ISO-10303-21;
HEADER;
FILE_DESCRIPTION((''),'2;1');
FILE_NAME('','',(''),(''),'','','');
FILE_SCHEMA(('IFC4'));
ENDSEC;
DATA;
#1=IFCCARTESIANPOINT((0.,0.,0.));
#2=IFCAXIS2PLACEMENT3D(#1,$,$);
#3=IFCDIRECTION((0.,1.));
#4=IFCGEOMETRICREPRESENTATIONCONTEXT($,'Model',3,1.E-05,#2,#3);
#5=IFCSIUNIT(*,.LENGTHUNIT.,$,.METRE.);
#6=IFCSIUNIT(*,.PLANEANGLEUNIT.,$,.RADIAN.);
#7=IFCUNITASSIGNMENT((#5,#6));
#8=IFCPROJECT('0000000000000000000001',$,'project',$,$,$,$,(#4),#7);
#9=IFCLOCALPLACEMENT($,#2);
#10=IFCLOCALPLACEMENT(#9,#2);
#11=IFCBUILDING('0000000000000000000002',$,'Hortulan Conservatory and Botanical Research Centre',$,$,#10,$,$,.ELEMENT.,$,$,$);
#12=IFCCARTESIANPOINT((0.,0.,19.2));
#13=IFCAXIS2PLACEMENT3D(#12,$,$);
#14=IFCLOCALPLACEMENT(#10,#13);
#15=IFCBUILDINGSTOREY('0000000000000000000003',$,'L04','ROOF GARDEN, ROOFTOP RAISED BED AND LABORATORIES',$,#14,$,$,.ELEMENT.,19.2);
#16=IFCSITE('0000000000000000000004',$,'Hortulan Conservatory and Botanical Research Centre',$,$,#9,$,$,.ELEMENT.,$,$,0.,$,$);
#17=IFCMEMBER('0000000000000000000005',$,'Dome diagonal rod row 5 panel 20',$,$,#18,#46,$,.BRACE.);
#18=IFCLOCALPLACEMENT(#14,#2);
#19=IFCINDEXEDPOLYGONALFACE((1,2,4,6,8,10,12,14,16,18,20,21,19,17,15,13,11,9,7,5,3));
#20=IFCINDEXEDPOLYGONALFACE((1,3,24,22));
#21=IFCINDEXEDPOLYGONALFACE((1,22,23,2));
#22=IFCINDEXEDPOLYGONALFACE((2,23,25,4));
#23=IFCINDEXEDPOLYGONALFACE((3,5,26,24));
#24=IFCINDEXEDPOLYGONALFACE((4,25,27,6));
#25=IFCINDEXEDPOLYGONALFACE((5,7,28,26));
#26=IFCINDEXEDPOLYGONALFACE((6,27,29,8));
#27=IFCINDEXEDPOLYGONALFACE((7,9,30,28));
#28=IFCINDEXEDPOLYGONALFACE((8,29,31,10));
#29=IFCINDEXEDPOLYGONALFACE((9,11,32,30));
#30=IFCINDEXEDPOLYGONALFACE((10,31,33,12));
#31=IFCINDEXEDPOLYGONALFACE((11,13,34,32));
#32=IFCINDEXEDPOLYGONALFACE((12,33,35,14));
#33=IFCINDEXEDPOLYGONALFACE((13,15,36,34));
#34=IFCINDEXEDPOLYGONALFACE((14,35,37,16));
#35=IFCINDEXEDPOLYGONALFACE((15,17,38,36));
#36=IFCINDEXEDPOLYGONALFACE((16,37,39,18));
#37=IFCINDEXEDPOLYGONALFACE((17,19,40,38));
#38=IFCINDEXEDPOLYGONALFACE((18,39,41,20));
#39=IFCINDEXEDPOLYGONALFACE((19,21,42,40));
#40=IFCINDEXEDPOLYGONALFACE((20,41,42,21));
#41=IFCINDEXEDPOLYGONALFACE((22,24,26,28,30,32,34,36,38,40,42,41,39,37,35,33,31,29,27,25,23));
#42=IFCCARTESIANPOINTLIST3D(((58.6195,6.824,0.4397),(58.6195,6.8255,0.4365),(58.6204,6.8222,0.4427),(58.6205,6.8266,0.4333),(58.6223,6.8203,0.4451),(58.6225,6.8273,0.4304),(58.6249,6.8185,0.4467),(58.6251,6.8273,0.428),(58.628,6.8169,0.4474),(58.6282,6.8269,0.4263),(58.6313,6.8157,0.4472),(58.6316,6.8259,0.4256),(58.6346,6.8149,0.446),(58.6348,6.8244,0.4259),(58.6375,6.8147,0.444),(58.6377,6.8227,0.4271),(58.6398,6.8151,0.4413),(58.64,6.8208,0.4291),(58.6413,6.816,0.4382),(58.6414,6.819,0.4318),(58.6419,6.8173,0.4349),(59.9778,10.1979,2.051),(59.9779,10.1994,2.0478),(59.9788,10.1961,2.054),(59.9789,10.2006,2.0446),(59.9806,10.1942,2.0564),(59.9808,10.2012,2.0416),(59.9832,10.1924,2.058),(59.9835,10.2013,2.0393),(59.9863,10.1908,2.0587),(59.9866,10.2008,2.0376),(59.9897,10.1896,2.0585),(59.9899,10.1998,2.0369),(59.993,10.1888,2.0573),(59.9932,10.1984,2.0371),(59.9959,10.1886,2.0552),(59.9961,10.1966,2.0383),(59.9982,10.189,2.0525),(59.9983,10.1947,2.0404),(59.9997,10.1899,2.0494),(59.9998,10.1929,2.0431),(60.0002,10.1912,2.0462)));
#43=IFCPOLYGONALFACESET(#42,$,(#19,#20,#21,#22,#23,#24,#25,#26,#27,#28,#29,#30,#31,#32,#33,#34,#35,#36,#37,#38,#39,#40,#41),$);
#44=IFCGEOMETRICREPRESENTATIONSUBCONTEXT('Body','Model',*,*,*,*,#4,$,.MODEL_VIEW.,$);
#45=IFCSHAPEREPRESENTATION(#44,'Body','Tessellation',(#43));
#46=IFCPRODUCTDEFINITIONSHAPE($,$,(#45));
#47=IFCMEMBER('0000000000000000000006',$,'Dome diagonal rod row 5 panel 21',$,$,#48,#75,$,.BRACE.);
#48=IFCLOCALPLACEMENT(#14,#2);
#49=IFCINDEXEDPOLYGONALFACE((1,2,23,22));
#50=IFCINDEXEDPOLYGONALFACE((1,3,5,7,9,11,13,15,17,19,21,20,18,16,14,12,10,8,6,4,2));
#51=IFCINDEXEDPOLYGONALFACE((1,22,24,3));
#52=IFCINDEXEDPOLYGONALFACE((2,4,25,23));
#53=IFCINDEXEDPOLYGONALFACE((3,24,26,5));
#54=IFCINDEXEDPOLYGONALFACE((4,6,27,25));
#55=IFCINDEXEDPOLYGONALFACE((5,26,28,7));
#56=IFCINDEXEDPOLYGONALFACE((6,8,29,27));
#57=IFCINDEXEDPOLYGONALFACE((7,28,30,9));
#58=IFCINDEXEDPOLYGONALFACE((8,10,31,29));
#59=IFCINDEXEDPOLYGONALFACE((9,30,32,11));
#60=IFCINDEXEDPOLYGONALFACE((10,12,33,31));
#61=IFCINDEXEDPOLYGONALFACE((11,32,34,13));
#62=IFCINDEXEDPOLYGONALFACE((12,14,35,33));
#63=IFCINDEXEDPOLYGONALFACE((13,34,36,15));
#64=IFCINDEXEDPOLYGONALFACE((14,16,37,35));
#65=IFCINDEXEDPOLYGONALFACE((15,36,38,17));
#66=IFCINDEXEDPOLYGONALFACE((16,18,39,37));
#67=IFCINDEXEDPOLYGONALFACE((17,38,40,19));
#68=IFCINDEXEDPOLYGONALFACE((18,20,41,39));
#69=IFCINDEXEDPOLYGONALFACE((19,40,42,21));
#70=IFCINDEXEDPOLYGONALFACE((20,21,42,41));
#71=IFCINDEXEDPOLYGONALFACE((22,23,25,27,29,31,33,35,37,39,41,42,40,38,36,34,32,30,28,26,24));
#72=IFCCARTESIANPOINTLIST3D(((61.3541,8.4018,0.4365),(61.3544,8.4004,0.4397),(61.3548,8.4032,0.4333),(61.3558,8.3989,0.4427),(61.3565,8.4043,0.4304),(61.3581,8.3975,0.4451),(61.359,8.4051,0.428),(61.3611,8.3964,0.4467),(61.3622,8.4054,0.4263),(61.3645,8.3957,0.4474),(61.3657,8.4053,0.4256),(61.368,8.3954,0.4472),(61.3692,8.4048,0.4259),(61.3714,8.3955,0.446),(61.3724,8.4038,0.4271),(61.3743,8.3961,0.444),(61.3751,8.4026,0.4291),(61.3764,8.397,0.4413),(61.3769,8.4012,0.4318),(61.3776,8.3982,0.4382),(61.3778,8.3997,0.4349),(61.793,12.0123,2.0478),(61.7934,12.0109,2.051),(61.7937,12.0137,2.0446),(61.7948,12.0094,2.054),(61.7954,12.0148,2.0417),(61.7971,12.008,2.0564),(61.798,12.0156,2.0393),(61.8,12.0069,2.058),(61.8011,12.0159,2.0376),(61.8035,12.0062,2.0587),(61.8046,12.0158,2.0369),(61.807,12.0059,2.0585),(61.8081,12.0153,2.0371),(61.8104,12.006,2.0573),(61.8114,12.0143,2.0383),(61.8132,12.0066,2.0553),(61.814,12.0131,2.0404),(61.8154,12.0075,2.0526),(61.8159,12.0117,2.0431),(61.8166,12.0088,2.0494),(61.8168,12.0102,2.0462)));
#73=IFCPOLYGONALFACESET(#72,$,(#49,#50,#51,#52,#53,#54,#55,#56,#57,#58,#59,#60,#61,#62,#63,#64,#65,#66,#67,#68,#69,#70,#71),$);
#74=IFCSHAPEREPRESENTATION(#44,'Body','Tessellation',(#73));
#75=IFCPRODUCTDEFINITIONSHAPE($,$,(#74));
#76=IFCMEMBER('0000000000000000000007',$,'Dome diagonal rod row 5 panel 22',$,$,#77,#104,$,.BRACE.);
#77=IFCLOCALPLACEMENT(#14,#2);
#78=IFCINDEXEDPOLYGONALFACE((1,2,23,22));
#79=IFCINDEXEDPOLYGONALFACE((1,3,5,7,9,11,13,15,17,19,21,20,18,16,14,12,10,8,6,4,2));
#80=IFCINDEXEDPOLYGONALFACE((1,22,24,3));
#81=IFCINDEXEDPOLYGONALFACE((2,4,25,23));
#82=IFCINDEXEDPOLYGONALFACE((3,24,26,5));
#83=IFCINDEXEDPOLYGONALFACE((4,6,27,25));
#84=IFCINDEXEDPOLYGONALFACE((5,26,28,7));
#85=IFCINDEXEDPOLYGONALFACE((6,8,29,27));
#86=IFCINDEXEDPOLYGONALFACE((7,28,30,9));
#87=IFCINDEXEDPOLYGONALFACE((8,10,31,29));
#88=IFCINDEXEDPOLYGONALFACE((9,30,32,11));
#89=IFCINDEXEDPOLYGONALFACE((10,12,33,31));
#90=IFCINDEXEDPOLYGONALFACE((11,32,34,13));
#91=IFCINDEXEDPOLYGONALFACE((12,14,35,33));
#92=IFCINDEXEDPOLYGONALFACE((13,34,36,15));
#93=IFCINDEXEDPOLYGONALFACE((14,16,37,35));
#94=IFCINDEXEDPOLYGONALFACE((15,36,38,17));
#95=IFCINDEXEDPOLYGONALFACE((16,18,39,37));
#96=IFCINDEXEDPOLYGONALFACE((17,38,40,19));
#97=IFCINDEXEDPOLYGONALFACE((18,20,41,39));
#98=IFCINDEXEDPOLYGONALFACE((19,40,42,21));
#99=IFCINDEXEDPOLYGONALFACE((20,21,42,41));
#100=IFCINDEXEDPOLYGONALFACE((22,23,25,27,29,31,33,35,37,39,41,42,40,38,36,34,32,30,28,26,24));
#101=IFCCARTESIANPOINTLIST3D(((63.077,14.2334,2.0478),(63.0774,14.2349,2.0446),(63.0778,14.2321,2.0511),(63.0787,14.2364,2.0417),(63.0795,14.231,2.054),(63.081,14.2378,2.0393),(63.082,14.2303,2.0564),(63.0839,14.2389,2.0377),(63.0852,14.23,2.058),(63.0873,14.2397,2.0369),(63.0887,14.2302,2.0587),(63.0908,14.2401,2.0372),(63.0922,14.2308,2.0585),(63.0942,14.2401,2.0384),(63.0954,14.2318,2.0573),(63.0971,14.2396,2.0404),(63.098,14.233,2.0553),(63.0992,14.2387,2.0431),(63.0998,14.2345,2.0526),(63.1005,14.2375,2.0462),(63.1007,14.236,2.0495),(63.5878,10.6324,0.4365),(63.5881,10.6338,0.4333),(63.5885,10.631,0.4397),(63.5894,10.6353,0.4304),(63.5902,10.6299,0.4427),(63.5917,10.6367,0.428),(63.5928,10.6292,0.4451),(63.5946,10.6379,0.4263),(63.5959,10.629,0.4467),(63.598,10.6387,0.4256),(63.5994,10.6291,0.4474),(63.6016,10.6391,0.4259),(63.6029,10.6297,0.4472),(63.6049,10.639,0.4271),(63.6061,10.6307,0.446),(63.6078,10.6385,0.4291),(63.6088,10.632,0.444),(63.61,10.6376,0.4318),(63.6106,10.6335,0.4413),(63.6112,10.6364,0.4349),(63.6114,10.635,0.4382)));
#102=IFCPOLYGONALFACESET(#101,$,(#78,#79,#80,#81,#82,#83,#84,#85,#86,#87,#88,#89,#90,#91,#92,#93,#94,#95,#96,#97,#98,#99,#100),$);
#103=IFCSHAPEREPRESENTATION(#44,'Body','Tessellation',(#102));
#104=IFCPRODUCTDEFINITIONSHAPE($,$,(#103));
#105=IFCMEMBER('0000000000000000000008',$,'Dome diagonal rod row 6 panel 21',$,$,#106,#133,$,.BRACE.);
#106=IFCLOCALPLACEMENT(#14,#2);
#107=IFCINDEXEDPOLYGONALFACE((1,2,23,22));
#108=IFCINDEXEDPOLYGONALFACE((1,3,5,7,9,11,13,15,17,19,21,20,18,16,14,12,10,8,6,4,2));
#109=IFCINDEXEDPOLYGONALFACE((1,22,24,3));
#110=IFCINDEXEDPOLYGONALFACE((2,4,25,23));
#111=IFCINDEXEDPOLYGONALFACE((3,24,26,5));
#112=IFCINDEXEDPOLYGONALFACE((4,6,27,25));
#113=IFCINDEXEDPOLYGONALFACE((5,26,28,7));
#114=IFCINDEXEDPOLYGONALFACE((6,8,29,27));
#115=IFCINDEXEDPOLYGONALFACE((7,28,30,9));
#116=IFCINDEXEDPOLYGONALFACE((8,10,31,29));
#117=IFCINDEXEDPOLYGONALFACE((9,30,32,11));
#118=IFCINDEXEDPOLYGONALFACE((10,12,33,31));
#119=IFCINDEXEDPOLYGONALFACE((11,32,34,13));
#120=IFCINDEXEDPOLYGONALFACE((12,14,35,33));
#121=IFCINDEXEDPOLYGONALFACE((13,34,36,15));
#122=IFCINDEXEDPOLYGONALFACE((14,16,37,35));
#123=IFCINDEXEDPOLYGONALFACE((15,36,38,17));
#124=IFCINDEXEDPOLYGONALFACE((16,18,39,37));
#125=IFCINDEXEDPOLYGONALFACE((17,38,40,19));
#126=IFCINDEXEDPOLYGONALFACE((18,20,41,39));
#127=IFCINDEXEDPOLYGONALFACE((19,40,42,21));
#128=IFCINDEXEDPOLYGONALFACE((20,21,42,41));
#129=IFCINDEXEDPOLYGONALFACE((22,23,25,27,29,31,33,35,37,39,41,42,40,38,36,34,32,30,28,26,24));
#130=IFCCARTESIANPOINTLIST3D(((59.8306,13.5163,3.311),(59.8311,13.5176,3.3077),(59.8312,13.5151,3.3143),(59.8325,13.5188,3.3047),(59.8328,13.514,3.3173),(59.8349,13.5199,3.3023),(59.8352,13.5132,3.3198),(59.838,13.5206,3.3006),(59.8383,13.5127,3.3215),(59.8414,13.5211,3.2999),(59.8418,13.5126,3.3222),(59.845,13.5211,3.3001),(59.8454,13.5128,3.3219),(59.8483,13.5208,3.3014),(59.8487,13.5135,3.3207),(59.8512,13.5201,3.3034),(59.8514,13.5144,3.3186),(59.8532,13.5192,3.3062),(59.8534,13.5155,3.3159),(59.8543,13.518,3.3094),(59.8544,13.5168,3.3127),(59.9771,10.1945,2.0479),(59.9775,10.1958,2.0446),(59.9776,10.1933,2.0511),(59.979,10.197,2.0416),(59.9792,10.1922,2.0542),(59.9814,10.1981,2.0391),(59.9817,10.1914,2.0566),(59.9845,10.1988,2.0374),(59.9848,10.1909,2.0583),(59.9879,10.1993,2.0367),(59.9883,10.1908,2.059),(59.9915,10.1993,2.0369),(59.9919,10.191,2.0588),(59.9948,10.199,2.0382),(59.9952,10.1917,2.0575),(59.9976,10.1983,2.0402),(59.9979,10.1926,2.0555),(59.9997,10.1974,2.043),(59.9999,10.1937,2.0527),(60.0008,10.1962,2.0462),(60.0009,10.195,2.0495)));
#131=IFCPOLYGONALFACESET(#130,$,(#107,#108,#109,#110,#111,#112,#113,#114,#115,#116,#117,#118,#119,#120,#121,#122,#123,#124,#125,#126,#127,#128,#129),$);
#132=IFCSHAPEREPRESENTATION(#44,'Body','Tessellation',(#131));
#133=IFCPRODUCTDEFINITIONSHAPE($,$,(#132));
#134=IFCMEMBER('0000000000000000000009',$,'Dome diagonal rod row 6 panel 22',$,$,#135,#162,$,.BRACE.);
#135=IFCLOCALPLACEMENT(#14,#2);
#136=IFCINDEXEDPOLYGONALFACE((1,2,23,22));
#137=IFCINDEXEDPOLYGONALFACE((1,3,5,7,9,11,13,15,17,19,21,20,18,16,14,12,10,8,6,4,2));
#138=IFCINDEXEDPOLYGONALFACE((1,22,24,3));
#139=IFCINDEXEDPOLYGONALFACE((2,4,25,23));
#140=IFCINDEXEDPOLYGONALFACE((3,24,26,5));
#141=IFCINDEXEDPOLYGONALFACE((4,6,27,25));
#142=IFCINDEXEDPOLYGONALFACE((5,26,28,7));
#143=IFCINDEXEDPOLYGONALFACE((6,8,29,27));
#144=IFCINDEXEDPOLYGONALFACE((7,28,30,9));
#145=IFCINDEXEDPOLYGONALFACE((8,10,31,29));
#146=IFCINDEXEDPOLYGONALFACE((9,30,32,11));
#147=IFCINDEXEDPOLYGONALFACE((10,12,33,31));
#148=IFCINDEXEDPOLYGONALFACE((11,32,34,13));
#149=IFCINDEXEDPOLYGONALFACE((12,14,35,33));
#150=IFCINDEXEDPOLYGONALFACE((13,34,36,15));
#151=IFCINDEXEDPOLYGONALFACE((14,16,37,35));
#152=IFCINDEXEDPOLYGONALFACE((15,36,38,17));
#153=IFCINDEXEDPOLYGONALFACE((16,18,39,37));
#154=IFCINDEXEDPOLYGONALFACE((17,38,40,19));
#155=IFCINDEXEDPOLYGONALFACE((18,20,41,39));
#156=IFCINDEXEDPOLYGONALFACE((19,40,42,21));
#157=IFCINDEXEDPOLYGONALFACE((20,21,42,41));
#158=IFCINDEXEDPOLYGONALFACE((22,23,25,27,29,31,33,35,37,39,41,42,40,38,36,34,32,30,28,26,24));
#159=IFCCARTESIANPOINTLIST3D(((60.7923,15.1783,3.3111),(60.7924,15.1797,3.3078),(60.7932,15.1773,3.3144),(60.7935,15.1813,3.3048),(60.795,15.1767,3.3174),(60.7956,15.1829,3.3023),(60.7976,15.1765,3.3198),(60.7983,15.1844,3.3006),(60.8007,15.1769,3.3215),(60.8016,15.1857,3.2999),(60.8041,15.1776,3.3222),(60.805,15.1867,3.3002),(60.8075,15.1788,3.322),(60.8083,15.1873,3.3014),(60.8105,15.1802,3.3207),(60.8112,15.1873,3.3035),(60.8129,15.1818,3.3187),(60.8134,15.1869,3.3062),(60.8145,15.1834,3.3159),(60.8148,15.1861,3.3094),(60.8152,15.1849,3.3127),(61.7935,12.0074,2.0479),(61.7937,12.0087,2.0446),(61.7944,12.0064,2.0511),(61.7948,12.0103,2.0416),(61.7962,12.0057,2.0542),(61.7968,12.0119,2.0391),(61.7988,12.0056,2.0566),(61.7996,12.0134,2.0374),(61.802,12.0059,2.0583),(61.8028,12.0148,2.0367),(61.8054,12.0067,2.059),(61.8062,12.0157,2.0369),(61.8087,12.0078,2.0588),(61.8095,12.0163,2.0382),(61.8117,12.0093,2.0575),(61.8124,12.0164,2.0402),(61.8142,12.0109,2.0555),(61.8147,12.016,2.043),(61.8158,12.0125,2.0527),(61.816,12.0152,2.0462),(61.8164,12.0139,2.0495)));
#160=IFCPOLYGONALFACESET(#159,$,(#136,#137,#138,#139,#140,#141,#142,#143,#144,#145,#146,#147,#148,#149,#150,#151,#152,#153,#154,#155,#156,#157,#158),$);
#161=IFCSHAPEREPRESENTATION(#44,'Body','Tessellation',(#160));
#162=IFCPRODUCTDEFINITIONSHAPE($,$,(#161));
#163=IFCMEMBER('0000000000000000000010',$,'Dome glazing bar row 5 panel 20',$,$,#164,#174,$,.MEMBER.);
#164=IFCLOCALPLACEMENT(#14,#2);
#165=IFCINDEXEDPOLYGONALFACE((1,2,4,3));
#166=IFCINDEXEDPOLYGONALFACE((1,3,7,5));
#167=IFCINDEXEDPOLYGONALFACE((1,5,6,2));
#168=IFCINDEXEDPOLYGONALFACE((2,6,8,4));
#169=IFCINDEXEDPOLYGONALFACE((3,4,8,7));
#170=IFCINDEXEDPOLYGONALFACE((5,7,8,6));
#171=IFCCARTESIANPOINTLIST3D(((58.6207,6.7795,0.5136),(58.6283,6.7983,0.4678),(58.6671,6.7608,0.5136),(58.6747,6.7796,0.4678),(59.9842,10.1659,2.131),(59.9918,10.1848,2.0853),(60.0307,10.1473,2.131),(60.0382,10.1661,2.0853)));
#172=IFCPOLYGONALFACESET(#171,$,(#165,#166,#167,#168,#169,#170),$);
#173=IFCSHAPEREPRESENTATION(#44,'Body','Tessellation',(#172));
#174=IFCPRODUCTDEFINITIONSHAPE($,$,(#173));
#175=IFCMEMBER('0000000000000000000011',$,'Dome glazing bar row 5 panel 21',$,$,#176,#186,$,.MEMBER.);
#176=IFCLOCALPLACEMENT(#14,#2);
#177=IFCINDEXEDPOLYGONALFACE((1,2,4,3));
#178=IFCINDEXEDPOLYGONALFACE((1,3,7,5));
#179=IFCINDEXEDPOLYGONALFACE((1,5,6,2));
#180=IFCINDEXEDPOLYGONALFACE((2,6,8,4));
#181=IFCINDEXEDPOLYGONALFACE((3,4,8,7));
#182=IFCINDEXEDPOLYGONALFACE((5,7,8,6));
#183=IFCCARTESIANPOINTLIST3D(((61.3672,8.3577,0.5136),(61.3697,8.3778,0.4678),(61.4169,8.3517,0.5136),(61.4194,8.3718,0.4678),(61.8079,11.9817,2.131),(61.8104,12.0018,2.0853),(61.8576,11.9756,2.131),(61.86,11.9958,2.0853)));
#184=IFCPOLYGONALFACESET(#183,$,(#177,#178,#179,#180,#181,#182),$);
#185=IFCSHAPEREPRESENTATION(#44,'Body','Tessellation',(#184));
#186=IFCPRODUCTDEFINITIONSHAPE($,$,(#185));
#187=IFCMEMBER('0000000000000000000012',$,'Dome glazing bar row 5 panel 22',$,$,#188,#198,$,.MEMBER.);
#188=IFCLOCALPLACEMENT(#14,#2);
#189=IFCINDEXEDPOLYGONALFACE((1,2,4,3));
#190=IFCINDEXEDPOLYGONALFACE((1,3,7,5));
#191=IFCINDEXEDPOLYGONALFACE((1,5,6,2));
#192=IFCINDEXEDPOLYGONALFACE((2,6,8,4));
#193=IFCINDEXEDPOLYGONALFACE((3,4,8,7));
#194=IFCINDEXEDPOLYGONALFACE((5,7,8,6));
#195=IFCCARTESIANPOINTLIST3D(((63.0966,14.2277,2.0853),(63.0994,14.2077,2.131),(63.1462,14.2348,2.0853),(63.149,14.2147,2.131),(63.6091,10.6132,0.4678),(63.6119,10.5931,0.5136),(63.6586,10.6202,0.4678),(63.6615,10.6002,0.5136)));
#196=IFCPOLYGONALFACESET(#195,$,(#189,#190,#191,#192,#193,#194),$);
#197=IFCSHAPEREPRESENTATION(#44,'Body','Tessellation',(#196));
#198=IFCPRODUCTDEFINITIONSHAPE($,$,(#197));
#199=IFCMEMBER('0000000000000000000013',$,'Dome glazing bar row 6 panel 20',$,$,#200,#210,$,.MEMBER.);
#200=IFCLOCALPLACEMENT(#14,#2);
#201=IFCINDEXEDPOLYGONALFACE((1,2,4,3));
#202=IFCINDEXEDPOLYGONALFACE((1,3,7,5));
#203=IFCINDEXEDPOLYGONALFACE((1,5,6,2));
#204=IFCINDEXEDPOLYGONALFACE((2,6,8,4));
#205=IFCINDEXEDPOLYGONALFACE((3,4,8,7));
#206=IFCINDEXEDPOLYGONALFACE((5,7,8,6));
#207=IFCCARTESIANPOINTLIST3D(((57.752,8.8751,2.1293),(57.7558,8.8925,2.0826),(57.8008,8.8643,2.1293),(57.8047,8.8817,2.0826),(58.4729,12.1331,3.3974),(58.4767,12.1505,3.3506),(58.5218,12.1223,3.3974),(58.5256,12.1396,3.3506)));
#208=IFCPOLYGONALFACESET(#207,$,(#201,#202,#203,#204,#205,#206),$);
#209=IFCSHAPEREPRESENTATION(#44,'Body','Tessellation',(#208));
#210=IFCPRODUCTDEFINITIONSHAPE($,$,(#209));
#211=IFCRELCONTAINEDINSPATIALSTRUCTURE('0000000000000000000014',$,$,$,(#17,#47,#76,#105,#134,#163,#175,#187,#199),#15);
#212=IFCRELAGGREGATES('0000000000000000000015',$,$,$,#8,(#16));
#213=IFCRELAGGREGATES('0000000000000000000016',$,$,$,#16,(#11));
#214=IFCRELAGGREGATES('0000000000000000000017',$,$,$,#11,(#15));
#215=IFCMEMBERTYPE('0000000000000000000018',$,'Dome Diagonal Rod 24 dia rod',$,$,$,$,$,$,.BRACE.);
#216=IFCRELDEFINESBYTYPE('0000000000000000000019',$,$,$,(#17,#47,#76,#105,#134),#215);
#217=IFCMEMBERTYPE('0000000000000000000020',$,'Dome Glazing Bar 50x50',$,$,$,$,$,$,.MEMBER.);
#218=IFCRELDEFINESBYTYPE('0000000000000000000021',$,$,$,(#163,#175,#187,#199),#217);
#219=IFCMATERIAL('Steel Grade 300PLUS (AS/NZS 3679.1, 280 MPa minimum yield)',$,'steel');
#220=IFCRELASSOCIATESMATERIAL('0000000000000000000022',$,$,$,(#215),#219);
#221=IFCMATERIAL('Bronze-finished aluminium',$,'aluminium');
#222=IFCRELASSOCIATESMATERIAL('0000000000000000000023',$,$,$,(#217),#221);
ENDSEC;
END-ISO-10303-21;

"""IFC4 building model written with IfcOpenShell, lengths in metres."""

from ifc_helpers import new_model, si_unit, direction, frame, origin, origin_2d, place, context, subcontext, project, spatial, rectangle, circle, extrude, material, material_profile, profile_set, type_object, element, save


model = new_model("IFC4")

# Units and contexts
model_context = context("Model", 3, precision=1e-05, world=origin(), true_north=direction((0.0, 1.0)))
body_context = subcontext(model_context, "Body", "Model", "MODEL_VIEW")
ifc_project = project(units=[si_unit("LENGTHUNIT", "METRE"), si_unit("PLANEANGLEUNIT", "RADIAN")], contexts=[model_context])

# Site, building, storey
site_placement = place(None, origin())
site = spatial("IfcSite", under=ifc_project, at=site_placement, Name="Hortulan Conservatory and Botanical Research Centre", CompositionType="ELEMENT", RefElevation=0.0)
building_placement = place(site_placement, origin())
building = spatial("IfcBuilding", under=site, at=building_placement, Name="Hortulan Conservatory and Botanical Research Centre", CompositionType="ELEMENT")
storey_placement = place(building_placement, frame((0.0, 0.0, 19.2)))
storey = spatial("IfcBuildingStorey", under=building, at=storey_placement, Name="L04", Description="ROOF GARDEN, ROOFTOP RAISED BED AND LABORATORIES", CompositionType="ELEMENT", Elevation=19.2)

# Members
ifc_material_1 = material(Name="Steel Grade 300PLUS (AS/NZS 3679.1, 280 MPa minimum yield)", Category="steel")
ifc_material_profile_1 = material_profile(ifc_material_1, circle(Radius=0.012, at=origin_2d()), Name="24 dia rod")
ifc_profile_set_1 = profile_set([ifc_material_profile_1], Name="Steel Grade 300PLUS (AS/NZS 3679.1, 280 MPa minimum yield)")
member_type_1 = type_object("IfcMemberType", Name="Dome Diagonal Rod 24 dia rod", PredefinedType="BRACE", material=ifc_profile_set_1)
for number, where, z_axis, x_axis, name in (
    (1, (58.6306, 6.821, 0.4365), (0.341465, 0.848139, 0.405045), (-0.927641, 0.373473, 0.0), "Dome diagonal rod row 5 panel 20"),
    (2, (61.366, 8.4004, 0.4365), (0.110345, 0.907613, 0.405047), (-0.99269, 0.120688, 0.0), "Dome diagonal rod row 5 panel 21"),
    (3, (63.5996, 10.634, 0.4365), (-0.12839, 0.905233, 0.405054), (-0.990091, -0.140425, 0.0), "Dome diagonal rod row 5 panel 22"),
):
    element("IfcMember", number, at=place(storey_placement, frame(where, z_axis=z_axis, x_axis=x_axis)), inside=storey, type_object=member_type_1, Name=name, PredefinedType="BRACE", context=body_context, shape_type="SweptSolid", body=[
        extrude(circle(Radius=0.012, at=origin_2d()), origin(), (0.0, 0.0, 1.0), 3.978),
    ])
member_1_placement = place(storey_placement, frame((59.989, 10.1951, 2.0479), z_axis=(-0.041184, 0.933906, 0.35514), x_axis=(-0.999029, -0.044055, 0.0)))
element("IfcMember", 4, at=member_1_placement, inside=storey, type_object=member_type_1, Name="Dome diagonal rod row 6 panel 21", PredefinedType="BRACE", context=body_context, shape_type="SweptSolid", body=[
    extrude(circle(Radius=0.012, at=origin_2d()), origin(), (0.0, 0.0, 1.0), 3.5569),
])
member_2_placement = place(storey_placement, frame((61.8049, 12.011, 2.0479), z_axis=(-0.281474, 0.891438, 0.35512), x_axis=(-0.953593, -0.3011, 0.0)))
element("IfcMember", 5, at=member_2_placement, inside=storey, type_object=member_type_1, Name="Dome diagonal rod row 6 panel 22", PredefinedType="BRACE", context=body_context, shape_type="SweptSolid", body=[
    extrude(circle(Radius=0.012, at=origin_2d()), origin(), (0.0, 0.0, 1.0), 3.5571),
])
ifc_material_2 = material(Name="Bronze-finished aluminium", Category="aluminium")
ifc_material_profile_2 = material_profile(ifc_material_2, rectangle(XDim=0.05, YDim=0.05, at=origin_2d()), Name="Square bar 50x50")
ifc_profile_set_2 = profile_set([ifc_material_profile_2], Name="Bronze-finished aluminium")
member_type_2 = type_object("IfcMemberType", Name="Dome Glazing Bar 50x50", PredefinedType="MEMBER", material=ifc_profile_set_2)
for number, where, z_axis, x_axis, name in (
    (6, (58.6477, 6.7795, 0.4907), (0.341485, 0.848118, 0.405074), (-0.92763, 0.3735, 0.0), "Dome glazing bar row 5 panel 20"),
    (7, (61.3933, 8.3647, 0.4907), (0.110362, 0.907601, 0.40507), (-0.992688, 0.120709, 0.0), "Dome glazing bar row 5 panel 21"),
    (8, (63.6353, 10.6067, 0.4907), (-0.12834, 0.90523, 0.405076), (-0.990099, -0.140373, 0.0), "Dome glazing bar row 5 panel 22"),
):
    element("IfcMember", number, at=place(storey_placement, frame(where, z_axis=z_axis, x_axis=x_axis)), inside=storey, type_object=member_type_2, Name=name, PredefinedType="MEMBER", context=body_context, shape_type="SweptSolid", body=[
        extrude(rectangle(XDim=0.05, YDim=0.05, at=origin_2d()), origin(), (0.0, 0.0, 1.0), 3.9929),
    ])
member_3_placement = place(storey_placement, frame((57.7783, 8.8784, 2.106), z_axis=(0.201964, 0.9127, 0.355231), x_axis=(-0.976381, 0.216055, 0.0)))
element("IfcMember", 9, at=member_3_placement, inside=storey, type_object=member_type_2, Name="Dome glazing bar row 6 panel 20", PredefinedType="MEMBER", context=body_context, shape_type="SweptSolid", body=[
    extrude(rectangle(XDim=0.05, YDim=0.05, at=origin_2d()), origin(), (0.0, 0.0, 1.0), 3.5696),
])

save(model, "model.ifc")
